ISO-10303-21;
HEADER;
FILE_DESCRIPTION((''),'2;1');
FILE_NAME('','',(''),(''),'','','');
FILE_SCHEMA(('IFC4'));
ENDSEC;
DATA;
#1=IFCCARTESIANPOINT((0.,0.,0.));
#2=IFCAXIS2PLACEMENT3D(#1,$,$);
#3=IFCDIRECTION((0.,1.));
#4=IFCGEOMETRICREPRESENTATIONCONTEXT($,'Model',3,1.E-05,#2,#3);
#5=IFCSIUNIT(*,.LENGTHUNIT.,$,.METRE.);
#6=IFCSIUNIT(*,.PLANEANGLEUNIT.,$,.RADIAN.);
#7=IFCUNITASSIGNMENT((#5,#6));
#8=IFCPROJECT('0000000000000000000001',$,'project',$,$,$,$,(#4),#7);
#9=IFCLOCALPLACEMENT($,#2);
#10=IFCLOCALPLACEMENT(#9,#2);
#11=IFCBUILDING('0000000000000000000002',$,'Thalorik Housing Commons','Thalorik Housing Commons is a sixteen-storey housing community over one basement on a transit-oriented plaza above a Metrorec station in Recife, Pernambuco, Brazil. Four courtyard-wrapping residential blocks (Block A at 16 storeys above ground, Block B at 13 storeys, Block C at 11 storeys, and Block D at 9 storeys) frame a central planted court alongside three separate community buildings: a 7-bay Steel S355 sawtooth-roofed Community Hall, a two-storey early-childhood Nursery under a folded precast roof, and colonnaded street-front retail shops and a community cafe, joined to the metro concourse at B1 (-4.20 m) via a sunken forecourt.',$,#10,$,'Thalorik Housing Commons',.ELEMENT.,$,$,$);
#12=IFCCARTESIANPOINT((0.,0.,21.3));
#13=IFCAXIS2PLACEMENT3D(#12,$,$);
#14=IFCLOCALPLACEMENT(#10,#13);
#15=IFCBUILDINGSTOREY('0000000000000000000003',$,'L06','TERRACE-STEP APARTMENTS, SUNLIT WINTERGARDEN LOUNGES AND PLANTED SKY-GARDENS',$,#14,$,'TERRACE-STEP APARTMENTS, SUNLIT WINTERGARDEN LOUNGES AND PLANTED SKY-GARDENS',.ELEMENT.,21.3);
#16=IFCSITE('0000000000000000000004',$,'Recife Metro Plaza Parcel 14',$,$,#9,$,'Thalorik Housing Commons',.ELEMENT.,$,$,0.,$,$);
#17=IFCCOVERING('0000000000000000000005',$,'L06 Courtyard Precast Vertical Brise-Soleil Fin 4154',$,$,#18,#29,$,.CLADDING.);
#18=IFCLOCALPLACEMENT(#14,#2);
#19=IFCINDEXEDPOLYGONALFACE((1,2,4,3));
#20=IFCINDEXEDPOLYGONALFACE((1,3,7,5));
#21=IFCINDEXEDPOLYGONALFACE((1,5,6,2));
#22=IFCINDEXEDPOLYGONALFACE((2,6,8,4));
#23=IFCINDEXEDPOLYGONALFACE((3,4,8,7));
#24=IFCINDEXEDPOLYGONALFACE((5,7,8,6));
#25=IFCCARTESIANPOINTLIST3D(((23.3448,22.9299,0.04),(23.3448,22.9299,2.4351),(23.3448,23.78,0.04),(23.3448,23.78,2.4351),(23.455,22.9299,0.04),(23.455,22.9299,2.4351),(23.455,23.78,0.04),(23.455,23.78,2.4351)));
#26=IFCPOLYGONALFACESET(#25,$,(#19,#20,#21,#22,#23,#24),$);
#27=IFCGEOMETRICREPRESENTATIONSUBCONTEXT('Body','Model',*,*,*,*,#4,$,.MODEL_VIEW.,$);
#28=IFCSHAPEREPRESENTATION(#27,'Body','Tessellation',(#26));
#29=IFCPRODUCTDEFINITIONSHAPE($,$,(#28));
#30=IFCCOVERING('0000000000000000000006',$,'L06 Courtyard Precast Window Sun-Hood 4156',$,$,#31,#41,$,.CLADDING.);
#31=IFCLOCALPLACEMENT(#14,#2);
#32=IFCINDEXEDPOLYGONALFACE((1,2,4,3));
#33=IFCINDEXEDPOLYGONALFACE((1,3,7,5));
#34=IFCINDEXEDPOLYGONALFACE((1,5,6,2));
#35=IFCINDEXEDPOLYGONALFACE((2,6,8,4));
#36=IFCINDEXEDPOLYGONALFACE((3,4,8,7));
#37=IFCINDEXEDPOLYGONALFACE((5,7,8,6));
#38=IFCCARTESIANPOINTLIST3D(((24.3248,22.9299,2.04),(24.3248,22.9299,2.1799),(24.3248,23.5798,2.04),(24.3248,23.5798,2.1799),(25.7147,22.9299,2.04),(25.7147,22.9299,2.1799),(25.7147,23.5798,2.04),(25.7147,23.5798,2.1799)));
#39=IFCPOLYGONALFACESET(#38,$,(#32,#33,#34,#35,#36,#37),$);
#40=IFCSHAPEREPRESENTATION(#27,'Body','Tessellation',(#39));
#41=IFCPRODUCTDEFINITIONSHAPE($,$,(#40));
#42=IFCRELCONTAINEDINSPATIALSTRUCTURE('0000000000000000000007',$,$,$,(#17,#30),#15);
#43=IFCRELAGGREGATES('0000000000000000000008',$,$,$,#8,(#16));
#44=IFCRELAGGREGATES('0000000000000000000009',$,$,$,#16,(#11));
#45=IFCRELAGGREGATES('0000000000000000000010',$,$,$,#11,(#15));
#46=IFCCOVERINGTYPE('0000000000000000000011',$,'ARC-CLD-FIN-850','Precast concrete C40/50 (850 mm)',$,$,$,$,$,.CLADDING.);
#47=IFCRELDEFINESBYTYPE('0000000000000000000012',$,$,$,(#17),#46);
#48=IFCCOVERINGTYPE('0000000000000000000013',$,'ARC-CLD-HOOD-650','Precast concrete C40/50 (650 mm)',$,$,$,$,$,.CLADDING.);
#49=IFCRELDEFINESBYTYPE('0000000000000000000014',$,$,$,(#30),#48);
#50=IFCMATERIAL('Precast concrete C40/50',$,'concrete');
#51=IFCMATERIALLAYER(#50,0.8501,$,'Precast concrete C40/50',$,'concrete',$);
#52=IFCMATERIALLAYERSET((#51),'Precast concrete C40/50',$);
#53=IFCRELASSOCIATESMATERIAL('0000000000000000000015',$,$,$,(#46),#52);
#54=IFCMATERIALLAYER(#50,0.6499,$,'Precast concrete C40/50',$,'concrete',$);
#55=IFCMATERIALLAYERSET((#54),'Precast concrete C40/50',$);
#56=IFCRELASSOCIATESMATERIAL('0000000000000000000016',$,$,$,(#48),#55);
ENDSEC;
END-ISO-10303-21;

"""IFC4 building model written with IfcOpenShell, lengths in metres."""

from ifc_helpers import new_model, si_unit, direction, frame, origin, origin_2d, place, context, subcontext, project, spatial, rectangle, extrude, material, layer, layer_set, type_object, element, save


model = new_model("IFC4")

# Units and contexts
model_context = context("Model", 3, precision=1e-05, world=origin(), true_north=direction((0.0, 1.0)))
body_context = subcontext(model_context, "Body", "Model", "MODEL_VIEW")
ifc_project = project(units=[si_unit("LENGTHUNIT", "METRE"), si_unit("PLANEANGLEUNIT", "RADIAN")], contexts=[model_context])

# Site, building, storey
site_placement = place(None, origin())
site = spatial("IfcSite", under=ifc_project, at=site_placement, Name="Recife Metro Plaza Parcel 14", LongName="Thalorik Housing Commons", CompositionType="ELEMENT", RefElevation=0.0)
building_placement = place(site_placement, origin())
building = spatial("IfcBuilding", under=site, at=building_placement, Name="Thalorik Housing Commons", Description="Thalorik Housing Commons is a sixteen-storey housing community over one basement on a transit-oriented plaza above a Metrorec station in Recife, Pernambuco, Brazil. Four courtyard-wrapping residential blocks (Block A at 16 storeys above ground, Block B at 13 storeys, Block C at 11 storeys, and Block D at 9 storeys) frame a central planted court alongside three separate community buildings: a 7-bay Steel S355 sawtooth-roofed Community Hall, a two-storey early-childhood Nursery under a folded precast roof, and colonnaded street-front retail shops and a community cafe, joined to the metro concourse at B1 (-4.20 m) via a sunken forecourt.", LongName="Thalorik Housing Commons", CompositionType="ELEMENT")
storey_placement = place(building_placement, frame((0.0, 0.0, 21.3)))
storey = spatial("IfcBuildingStorey", under=building, at=storey_placement, Name="L06", Description="TERRACE-STEP APARTMENTS, SUNLIT WINTERGARDEN LOUNGES AND PLANTED SKY-GARDENS", LongName="TERRACE-STEP APARTMENTS, SUNLIT WINTERGARDEN LOUNGES AND PLANTED SKY-GARDENS", CompositionType="ELEMENT", Elevation=21.3)

# Shared definitions
ifc_material_1 = material(Name="Precast concrete C40/50", Category="concrete")

# Coverings
ifc_layer_1 = layer(ifc_material_1, 0.8501, Name="Precast concrete C40/50", Category="concrete")
ifc_layer_set_1 = layer_set([ifc_layer_1], Name="Precast concrete C40/50")
covering_type_1 = type_object("IfcCoveringType", Name="ARC-CLD-FIN-850", Description="Precast concrete C40/50 (850 mm)", PredefinedType="CLADDING", material=ifc_layer_set_1)
for number, where, z_axis, x_axis, name in (
    (1, (23.3999, 23.355, 0.04), (0.0, 0.0, 1.0), (-1.0, 0.0, 0.0), "L06 Courtyard Precast Vertical Brise-Soleil Fin 4154"),
):
    element("IfcCovering", number, at=place(storey_placement, frame(where, z_axis=z_axis, x_axis=x_axis)), inside=storey, type_object=covering_type_1, Name=name, PredefinedType="CLADDING", context=body_context, shape_type="SweptSolid", body=[
        extrude(rectangle(XDim=0.1101, YDim=0.8501, at=origin_2d()), origin(), (0.0, 0.0, 1.0), 2.395),
    ])
ifc_layer_2 = layer(ifc_material_1, 0.6499, Name="Precast concrete C40/50", Category="concrete")
ifc_layer_set_2 = layer_set([ifc_layer_2], Name="Precast concrete C40/50")
covering_type_2 = type_object("IfcCoveringType", Name="ARC-CLD-HOOD-650", Description="Precast concrete C40/50 (650 mm)", PredefinedType="CLADDING", material=ifc_layer_set_2)
covering_placement = place(storey_placement, frame((25.0198, 23.2549, 2.04), z_axis=(0.0, 0.0, 1.0), x_axis=(-1.0, 0.0, 0.0)))
element("IfcCovering", 2, at=covering_placement, inside=storey, type_object=covering_type_2, Name="L06 Courtyard Precast Window Sun-Hood 4156", PredefinedType="CLADDING", context=body_context, shape_type="SweptSolid", body=[
    extrude(rectangle(XDim=1.3899, YDim=0.6499, at=origin_2d()), origin(), (0.0, 0.0, 1.0), 0.1399),
])

save(model, "model.ifc")
